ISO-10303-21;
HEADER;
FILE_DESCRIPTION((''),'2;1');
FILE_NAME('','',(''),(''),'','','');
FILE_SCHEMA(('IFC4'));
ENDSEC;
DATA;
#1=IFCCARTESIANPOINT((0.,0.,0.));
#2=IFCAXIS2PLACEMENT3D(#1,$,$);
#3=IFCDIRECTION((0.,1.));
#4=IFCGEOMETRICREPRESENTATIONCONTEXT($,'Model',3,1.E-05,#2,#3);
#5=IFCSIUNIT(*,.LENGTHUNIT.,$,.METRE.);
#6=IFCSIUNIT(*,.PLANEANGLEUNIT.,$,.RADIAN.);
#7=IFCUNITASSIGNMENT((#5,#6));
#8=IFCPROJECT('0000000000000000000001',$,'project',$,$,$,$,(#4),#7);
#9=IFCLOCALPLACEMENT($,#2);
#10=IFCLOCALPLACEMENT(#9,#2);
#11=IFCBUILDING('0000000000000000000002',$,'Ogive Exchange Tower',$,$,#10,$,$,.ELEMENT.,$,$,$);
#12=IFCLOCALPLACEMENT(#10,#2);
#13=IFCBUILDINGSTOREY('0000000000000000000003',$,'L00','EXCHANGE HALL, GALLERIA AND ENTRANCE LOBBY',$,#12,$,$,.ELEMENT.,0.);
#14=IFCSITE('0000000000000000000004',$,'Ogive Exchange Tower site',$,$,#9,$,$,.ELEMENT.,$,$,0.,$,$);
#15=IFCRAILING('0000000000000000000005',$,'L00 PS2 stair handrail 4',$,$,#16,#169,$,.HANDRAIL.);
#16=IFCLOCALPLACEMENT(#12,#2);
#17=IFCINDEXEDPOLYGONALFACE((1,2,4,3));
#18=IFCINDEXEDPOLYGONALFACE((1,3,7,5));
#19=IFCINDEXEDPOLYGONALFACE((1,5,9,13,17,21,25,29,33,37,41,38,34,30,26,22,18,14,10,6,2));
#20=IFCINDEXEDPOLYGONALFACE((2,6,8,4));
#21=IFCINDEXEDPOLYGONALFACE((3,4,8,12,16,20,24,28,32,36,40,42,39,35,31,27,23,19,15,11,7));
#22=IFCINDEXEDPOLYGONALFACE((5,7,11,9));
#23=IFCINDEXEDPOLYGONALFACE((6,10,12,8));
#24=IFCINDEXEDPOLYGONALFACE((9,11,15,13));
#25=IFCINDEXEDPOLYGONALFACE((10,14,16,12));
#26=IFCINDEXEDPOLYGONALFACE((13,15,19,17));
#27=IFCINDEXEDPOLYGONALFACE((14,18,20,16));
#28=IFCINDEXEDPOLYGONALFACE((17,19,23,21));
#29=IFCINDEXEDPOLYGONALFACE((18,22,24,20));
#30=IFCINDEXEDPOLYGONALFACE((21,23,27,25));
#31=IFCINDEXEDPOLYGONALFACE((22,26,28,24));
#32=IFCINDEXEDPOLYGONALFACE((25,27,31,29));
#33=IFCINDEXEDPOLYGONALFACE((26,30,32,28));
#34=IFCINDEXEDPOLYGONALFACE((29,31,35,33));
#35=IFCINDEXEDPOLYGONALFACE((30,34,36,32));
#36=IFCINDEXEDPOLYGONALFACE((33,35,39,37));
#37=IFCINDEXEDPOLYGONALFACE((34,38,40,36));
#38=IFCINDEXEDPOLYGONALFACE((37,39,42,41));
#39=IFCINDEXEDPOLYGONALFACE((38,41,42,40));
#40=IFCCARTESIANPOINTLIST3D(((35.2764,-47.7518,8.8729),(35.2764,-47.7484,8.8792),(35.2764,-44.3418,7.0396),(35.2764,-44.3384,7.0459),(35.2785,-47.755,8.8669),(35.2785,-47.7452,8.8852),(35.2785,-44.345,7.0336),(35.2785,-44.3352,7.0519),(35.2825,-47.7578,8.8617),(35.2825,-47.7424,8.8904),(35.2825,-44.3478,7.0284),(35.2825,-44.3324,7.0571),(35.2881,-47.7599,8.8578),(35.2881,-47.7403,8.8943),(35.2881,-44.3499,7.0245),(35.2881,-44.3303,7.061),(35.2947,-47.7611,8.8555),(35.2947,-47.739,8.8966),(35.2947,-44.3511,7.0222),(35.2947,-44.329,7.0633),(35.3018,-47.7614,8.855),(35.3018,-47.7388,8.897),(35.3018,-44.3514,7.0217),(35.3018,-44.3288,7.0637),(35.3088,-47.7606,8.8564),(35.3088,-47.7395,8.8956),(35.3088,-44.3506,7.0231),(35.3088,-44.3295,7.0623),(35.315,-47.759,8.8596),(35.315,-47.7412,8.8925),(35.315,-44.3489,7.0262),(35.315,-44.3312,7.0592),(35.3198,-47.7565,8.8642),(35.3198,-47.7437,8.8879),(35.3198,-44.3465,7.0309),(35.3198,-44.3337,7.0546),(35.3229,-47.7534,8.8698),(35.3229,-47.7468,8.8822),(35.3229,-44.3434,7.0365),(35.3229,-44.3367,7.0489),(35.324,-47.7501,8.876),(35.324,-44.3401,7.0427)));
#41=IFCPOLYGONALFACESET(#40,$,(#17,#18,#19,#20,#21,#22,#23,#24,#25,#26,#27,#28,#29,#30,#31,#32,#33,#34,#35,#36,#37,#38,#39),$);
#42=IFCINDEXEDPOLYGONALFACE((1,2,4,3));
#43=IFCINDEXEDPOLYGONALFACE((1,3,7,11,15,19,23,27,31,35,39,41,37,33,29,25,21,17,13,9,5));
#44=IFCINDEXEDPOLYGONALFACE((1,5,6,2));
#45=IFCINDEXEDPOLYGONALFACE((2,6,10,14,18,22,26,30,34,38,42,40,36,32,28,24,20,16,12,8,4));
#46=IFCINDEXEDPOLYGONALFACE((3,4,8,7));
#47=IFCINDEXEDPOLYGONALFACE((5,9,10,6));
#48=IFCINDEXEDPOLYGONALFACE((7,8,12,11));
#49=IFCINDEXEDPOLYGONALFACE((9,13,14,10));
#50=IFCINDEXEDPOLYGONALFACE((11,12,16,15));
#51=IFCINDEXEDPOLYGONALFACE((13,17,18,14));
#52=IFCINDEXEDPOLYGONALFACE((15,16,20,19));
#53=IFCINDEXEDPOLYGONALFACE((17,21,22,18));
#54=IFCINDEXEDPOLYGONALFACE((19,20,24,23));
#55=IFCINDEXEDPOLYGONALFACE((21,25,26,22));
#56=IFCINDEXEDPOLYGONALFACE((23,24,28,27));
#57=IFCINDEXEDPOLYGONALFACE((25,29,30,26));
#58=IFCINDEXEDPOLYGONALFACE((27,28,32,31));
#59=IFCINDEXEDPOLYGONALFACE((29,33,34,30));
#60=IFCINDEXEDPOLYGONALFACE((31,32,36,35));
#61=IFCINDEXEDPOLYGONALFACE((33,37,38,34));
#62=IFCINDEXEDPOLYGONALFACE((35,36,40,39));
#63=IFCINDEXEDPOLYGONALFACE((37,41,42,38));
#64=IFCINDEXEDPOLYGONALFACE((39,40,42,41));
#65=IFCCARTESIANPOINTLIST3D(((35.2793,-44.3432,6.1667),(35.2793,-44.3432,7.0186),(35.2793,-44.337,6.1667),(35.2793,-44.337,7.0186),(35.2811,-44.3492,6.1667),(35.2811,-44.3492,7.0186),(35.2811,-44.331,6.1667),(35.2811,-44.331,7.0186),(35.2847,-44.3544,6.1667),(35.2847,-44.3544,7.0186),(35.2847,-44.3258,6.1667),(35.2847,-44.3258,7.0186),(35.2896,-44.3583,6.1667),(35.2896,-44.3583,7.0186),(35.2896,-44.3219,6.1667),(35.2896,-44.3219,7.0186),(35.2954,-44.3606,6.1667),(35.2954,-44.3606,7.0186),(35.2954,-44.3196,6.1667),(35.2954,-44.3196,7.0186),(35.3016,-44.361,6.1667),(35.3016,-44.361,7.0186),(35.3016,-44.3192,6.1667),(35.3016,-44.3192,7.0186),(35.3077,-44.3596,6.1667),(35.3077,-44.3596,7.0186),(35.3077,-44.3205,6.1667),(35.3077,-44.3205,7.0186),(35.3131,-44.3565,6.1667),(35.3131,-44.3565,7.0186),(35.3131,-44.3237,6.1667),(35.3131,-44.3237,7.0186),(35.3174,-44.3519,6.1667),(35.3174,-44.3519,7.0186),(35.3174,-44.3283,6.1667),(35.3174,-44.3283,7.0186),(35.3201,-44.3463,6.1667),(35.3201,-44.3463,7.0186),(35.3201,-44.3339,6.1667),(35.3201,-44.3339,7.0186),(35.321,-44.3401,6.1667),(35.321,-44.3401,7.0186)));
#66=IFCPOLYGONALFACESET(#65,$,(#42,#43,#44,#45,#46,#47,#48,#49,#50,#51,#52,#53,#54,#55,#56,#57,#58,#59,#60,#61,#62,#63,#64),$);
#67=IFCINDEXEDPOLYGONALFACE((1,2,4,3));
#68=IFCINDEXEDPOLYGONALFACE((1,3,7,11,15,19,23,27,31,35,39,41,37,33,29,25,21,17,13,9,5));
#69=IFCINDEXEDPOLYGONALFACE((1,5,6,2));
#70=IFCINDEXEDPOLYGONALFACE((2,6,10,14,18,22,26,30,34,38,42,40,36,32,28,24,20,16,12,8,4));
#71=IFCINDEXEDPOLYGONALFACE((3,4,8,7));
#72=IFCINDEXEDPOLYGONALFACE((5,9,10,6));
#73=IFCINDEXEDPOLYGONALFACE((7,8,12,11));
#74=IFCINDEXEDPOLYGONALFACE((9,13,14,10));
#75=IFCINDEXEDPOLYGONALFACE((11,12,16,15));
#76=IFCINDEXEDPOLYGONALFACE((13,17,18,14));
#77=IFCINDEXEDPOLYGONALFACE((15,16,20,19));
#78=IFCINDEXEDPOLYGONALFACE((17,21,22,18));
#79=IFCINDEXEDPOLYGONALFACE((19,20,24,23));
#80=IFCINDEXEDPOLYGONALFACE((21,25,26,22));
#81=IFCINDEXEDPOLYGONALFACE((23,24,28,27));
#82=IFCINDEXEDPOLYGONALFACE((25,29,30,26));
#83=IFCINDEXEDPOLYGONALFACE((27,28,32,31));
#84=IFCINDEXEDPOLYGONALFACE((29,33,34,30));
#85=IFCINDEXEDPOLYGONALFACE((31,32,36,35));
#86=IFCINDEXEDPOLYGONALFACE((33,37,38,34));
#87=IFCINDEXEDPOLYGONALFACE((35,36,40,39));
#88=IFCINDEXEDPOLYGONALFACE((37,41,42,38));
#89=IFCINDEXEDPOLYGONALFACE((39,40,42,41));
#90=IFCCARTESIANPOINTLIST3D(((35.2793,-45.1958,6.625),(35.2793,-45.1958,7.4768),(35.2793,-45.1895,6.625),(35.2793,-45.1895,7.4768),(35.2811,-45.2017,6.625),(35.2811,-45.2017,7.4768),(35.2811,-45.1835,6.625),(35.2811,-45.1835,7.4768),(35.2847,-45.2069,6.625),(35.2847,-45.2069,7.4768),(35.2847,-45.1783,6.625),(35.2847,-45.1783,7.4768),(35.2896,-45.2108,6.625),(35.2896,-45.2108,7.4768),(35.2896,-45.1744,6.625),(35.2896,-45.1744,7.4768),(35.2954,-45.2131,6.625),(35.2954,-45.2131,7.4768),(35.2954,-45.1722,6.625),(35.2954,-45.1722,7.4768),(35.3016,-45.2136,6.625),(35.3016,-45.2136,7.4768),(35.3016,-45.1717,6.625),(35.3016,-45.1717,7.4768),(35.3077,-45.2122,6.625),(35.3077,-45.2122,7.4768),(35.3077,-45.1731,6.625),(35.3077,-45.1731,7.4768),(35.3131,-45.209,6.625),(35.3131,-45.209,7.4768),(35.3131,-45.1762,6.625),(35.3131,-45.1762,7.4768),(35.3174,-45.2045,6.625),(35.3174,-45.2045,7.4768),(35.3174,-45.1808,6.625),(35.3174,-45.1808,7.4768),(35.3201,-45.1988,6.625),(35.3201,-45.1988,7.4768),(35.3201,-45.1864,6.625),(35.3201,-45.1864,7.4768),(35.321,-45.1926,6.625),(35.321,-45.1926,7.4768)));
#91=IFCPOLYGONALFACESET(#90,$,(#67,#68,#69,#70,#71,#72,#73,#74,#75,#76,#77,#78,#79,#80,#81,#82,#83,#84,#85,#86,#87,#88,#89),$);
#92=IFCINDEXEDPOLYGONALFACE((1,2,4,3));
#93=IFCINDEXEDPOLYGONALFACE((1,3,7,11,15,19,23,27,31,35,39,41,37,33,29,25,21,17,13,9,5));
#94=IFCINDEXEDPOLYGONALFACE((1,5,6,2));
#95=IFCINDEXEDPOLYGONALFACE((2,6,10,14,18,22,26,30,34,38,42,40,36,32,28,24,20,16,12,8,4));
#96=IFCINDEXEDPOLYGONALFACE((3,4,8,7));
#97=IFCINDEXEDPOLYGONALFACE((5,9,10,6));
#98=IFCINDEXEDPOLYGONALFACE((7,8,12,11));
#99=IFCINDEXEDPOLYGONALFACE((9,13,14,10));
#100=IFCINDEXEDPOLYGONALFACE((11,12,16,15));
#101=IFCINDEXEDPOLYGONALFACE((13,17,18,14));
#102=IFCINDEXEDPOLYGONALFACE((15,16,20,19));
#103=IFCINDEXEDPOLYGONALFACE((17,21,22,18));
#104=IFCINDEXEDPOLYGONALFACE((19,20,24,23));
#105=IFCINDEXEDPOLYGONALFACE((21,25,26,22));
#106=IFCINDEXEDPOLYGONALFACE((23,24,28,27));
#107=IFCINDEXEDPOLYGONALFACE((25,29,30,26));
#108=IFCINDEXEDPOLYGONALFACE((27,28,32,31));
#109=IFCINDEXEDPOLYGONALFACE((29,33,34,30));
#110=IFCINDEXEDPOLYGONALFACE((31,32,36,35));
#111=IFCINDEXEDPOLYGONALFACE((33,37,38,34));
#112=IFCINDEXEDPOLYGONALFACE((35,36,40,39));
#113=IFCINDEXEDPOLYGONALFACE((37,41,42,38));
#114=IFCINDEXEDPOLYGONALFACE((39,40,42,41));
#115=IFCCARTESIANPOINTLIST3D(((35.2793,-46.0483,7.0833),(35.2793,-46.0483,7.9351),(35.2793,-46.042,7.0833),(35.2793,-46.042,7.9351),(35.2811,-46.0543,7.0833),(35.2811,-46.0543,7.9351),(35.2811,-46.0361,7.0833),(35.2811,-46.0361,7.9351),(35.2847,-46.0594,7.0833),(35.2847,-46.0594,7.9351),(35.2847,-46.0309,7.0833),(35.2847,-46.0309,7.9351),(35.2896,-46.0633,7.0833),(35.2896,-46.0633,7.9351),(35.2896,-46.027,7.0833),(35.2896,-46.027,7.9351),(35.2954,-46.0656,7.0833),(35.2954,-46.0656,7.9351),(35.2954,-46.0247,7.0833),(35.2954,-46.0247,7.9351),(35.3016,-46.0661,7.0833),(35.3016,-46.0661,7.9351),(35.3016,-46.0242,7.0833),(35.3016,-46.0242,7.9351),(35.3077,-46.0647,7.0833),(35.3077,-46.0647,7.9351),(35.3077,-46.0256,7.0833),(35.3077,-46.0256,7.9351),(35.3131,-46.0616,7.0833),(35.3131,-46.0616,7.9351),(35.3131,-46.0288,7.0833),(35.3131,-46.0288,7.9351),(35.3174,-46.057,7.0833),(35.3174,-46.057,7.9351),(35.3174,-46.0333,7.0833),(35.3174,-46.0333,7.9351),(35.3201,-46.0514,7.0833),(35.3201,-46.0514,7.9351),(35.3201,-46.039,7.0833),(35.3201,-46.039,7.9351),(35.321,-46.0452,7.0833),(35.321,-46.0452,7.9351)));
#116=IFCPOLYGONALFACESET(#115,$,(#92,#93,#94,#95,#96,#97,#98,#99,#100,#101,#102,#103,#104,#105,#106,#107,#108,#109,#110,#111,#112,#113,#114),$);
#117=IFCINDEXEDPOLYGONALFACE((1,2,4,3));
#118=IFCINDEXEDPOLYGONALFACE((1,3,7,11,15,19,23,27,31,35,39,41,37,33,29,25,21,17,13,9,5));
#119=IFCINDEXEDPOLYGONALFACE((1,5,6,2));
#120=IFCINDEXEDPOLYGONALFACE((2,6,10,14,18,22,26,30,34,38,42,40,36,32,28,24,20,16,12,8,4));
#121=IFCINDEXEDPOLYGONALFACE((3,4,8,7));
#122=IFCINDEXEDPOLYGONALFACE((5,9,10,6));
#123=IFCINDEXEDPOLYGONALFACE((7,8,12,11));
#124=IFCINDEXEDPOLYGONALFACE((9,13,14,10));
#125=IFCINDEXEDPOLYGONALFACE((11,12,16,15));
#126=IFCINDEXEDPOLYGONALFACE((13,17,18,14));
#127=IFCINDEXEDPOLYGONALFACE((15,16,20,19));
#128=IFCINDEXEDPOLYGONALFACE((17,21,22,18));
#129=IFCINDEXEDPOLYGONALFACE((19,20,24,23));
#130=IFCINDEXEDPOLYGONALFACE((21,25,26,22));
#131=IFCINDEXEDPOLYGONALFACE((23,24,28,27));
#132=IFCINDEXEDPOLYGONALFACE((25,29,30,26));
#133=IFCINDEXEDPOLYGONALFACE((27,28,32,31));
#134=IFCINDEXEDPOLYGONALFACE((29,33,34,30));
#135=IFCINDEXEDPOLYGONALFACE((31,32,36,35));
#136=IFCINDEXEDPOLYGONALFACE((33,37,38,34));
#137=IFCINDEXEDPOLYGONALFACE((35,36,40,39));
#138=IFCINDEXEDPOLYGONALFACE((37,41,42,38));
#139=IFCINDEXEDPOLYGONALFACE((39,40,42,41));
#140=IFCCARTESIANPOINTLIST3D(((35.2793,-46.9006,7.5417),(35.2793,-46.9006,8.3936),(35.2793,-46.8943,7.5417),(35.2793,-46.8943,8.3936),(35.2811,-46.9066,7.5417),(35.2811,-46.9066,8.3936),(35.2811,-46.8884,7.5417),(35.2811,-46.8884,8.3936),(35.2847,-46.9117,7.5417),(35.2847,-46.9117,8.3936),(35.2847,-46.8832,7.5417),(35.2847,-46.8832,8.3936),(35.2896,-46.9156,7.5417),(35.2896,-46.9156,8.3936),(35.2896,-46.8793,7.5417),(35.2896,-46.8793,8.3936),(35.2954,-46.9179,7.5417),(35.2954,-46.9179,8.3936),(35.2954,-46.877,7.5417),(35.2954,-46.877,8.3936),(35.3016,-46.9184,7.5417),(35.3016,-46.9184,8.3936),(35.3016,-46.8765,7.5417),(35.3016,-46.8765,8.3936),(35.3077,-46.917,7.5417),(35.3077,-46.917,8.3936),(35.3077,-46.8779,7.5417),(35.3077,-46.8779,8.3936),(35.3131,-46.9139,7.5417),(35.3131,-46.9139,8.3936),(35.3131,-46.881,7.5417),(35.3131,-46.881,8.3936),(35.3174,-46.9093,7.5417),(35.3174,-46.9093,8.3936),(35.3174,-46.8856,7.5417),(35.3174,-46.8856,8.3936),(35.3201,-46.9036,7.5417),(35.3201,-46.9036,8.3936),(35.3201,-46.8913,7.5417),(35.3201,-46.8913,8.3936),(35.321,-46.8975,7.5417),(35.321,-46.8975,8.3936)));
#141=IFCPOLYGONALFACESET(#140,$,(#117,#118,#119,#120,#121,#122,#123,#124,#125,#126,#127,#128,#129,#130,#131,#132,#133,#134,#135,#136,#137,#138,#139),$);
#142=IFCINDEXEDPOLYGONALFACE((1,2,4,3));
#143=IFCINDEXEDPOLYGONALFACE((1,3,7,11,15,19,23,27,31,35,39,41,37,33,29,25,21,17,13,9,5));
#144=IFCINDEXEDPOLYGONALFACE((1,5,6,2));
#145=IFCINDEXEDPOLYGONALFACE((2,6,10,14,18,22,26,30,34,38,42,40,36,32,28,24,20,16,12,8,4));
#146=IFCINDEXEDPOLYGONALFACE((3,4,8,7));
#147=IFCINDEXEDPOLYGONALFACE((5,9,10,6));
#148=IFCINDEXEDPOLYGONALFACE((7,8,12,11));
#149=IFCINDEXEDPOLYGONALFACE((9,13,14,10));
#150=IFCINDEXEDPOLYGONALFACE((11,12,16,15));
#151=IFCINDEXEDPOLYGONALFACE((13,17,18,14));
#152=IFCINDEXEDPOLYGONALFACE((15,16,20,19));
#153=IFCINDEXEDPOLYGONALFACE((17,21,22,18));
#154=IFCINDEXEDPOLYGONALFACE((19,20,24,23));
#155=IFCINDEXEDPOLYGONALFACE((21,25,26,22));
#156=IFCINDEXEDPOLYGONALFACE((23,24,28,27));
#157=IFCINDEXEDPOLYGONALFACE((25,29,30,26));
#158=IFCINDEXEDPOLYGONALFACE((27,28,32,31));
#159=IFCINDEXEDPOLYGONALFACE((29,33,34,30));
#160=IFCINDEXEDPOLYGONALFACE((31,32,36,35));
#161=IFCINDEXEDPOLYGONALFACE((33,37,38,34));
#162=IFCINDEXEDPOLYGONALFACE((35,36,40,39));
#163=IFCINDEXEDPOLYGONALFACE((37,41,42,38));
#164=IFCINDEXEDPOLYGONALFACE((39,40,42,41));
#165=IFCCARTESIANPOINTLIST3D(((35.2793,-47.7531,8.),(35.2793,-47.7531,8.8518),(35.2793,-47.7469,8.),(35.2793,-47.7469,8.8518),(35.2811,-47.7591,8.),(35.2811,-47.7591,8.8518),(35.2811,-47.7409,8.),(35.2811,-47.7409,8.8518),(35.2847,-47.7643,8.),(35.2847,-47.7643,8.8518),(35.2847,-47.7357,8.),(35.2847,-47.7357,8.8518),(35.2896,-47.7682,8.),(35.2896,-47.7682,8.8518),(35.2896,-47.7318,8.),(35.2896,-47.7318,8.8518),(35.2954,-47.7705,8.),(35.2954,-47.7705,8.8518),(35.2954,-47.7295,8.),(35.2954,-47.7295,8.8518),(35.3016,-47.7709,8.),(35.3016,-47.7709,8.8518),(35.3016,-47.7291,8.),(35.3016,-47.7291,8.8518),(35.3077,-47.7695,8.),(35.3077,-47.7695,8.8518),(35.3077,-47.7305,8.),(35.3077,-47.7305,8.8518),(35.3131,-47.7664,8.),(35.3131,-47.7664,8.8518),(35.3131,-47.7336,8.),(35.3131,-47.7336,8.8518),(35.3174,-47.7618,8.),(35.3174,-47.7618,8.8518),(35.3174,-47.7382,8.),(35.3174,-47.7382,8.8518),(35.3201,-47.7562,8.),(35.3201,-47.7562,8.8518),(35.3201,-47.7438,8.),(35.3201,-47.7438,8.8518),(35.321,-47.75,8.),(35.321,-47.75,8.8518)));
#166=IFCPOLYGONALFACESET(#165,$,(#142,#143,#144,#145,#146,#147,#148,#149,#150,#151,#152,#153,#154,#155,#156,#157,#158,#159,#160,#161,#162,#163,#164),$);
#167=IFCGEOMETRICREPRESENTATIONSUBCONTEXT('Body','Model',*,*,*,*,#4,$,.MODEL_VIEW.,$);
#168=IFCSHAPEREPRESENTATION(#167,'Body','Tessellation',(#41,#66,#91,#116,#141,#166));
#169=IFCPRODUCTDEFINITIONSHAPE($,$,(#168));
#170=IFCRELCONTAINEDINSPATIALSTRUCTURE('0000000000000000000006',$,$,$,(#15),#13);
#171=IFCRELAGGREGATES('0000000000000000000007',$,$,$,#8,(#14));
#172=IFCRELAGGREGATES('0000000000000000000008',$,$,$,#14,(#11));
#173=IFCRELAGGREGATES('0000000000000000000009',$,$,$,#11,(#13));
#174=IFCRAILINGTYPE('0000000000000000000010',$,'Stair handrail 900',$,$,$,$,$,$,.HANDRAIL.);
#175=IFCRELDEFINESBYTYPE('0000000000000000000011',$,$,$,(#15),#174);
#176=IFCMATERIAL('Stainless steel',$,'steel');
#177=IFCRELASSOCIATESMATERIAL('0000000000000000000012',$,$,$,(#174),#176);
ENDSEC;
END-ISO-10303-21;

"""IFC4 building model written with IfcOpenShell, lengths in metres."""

from ifc_helpers import new_model, si_unit, direction, frame, origin, origin_2d, place, context, subcontext, project, spatial, circle, extrude, material, type_object, element, save


model = new_model("IFC4")

# Units and contexts
model_context = context("Model", 3, precision=1e-05, world=origin(), true_north=direction((0.0, 1.0)))
body_context = subcontext(model_context, "Body", "Model", "MODEL_VIEW")
ifc_project = project(units=[si_unit("LENGTHUNIT", "METRE"), si_unit("PLANEANGLEUNIT", "RADIAN")], contexts=[model_context])

# Site, building, storey
site_placement = place(None, origin())
site = spatial("IfcSite", under=ifc_project, at=site_placement, Name="Ogive Exchange Tower site", CompositionType="ELEMENT", RefElevation=0.0)
building_placement = place(site_placement, origin())
building = spatial("IfcBuilding", under=site, at=building_placement, Name="Ogive Exchange Tower", CompositionType="ELEMENT")
storey_placement = place(building_placement, origin())
storey = spatial("IfcBuildingStorey", under=building, at=storey_placement, Name="L00", Description="EXCHANGE HALL, GALLERIA AND ENTRANCE LOBBY", CompositionType="ELEMENT", Elevation=0.0)

# Railing
ifc_material_1 = material(Name="Stainless steel", Category="steel")
railing_type = type_object("IfcRailingType", Name="Stair handrail 900", PredefinedType="HANDRAIL", material=ifc_material_1)
railing_1_placement = place(storey_placement, frame((35.3, -44.3401, 6.1667)))
element("IfcRailing", 1, at=railing_1_placement, inside=storey, type_object=railing_type, Name="L00 PS2 stair handrail 4", PredefinedType="HANDRAIL", context=body_context, shape_type="SweptSolid", body=[
    extrude(circle(Radius=0.0239, at=origin_2d()), frame((0.0, 0.0, 0.876), z_axis=(0.0, -0.880779, 0.473528), x_axis=(1.0, 0.0, 0.0)), (0.0, 0.0, 1.0), 3.8716),
    extrude(circle(Radius=0.021, at=origin_2d()), origin(), (0.0, 0.0, 1.0), 0.8518),
    extrude(circle(Radius=0.021, at=origin_2d()), frame((0.0, -0.8525, 0.4583)), (0.0, 0.0, 1.0), 0.8518),
    extrude(circle(Radius=0.021, at=origin_2d()), frame((0.0, -1.7051, 0.9165)), (0.0, 0.0, 1.0), 0.8518),
    extrude(circle(Radius=0.021, at=origin_2d()), frame((0.0, -2.5574, 1.375)), (0.0, 0.0, 1.0), 0.8518),
    extrude(circle(Radius=0.021, at=origin_2d()), frame((0.0, -3.4099, 1.8333)), (0.0, 0.0, 1.0), 0.8518),
])

save(model, "model.ifc")
